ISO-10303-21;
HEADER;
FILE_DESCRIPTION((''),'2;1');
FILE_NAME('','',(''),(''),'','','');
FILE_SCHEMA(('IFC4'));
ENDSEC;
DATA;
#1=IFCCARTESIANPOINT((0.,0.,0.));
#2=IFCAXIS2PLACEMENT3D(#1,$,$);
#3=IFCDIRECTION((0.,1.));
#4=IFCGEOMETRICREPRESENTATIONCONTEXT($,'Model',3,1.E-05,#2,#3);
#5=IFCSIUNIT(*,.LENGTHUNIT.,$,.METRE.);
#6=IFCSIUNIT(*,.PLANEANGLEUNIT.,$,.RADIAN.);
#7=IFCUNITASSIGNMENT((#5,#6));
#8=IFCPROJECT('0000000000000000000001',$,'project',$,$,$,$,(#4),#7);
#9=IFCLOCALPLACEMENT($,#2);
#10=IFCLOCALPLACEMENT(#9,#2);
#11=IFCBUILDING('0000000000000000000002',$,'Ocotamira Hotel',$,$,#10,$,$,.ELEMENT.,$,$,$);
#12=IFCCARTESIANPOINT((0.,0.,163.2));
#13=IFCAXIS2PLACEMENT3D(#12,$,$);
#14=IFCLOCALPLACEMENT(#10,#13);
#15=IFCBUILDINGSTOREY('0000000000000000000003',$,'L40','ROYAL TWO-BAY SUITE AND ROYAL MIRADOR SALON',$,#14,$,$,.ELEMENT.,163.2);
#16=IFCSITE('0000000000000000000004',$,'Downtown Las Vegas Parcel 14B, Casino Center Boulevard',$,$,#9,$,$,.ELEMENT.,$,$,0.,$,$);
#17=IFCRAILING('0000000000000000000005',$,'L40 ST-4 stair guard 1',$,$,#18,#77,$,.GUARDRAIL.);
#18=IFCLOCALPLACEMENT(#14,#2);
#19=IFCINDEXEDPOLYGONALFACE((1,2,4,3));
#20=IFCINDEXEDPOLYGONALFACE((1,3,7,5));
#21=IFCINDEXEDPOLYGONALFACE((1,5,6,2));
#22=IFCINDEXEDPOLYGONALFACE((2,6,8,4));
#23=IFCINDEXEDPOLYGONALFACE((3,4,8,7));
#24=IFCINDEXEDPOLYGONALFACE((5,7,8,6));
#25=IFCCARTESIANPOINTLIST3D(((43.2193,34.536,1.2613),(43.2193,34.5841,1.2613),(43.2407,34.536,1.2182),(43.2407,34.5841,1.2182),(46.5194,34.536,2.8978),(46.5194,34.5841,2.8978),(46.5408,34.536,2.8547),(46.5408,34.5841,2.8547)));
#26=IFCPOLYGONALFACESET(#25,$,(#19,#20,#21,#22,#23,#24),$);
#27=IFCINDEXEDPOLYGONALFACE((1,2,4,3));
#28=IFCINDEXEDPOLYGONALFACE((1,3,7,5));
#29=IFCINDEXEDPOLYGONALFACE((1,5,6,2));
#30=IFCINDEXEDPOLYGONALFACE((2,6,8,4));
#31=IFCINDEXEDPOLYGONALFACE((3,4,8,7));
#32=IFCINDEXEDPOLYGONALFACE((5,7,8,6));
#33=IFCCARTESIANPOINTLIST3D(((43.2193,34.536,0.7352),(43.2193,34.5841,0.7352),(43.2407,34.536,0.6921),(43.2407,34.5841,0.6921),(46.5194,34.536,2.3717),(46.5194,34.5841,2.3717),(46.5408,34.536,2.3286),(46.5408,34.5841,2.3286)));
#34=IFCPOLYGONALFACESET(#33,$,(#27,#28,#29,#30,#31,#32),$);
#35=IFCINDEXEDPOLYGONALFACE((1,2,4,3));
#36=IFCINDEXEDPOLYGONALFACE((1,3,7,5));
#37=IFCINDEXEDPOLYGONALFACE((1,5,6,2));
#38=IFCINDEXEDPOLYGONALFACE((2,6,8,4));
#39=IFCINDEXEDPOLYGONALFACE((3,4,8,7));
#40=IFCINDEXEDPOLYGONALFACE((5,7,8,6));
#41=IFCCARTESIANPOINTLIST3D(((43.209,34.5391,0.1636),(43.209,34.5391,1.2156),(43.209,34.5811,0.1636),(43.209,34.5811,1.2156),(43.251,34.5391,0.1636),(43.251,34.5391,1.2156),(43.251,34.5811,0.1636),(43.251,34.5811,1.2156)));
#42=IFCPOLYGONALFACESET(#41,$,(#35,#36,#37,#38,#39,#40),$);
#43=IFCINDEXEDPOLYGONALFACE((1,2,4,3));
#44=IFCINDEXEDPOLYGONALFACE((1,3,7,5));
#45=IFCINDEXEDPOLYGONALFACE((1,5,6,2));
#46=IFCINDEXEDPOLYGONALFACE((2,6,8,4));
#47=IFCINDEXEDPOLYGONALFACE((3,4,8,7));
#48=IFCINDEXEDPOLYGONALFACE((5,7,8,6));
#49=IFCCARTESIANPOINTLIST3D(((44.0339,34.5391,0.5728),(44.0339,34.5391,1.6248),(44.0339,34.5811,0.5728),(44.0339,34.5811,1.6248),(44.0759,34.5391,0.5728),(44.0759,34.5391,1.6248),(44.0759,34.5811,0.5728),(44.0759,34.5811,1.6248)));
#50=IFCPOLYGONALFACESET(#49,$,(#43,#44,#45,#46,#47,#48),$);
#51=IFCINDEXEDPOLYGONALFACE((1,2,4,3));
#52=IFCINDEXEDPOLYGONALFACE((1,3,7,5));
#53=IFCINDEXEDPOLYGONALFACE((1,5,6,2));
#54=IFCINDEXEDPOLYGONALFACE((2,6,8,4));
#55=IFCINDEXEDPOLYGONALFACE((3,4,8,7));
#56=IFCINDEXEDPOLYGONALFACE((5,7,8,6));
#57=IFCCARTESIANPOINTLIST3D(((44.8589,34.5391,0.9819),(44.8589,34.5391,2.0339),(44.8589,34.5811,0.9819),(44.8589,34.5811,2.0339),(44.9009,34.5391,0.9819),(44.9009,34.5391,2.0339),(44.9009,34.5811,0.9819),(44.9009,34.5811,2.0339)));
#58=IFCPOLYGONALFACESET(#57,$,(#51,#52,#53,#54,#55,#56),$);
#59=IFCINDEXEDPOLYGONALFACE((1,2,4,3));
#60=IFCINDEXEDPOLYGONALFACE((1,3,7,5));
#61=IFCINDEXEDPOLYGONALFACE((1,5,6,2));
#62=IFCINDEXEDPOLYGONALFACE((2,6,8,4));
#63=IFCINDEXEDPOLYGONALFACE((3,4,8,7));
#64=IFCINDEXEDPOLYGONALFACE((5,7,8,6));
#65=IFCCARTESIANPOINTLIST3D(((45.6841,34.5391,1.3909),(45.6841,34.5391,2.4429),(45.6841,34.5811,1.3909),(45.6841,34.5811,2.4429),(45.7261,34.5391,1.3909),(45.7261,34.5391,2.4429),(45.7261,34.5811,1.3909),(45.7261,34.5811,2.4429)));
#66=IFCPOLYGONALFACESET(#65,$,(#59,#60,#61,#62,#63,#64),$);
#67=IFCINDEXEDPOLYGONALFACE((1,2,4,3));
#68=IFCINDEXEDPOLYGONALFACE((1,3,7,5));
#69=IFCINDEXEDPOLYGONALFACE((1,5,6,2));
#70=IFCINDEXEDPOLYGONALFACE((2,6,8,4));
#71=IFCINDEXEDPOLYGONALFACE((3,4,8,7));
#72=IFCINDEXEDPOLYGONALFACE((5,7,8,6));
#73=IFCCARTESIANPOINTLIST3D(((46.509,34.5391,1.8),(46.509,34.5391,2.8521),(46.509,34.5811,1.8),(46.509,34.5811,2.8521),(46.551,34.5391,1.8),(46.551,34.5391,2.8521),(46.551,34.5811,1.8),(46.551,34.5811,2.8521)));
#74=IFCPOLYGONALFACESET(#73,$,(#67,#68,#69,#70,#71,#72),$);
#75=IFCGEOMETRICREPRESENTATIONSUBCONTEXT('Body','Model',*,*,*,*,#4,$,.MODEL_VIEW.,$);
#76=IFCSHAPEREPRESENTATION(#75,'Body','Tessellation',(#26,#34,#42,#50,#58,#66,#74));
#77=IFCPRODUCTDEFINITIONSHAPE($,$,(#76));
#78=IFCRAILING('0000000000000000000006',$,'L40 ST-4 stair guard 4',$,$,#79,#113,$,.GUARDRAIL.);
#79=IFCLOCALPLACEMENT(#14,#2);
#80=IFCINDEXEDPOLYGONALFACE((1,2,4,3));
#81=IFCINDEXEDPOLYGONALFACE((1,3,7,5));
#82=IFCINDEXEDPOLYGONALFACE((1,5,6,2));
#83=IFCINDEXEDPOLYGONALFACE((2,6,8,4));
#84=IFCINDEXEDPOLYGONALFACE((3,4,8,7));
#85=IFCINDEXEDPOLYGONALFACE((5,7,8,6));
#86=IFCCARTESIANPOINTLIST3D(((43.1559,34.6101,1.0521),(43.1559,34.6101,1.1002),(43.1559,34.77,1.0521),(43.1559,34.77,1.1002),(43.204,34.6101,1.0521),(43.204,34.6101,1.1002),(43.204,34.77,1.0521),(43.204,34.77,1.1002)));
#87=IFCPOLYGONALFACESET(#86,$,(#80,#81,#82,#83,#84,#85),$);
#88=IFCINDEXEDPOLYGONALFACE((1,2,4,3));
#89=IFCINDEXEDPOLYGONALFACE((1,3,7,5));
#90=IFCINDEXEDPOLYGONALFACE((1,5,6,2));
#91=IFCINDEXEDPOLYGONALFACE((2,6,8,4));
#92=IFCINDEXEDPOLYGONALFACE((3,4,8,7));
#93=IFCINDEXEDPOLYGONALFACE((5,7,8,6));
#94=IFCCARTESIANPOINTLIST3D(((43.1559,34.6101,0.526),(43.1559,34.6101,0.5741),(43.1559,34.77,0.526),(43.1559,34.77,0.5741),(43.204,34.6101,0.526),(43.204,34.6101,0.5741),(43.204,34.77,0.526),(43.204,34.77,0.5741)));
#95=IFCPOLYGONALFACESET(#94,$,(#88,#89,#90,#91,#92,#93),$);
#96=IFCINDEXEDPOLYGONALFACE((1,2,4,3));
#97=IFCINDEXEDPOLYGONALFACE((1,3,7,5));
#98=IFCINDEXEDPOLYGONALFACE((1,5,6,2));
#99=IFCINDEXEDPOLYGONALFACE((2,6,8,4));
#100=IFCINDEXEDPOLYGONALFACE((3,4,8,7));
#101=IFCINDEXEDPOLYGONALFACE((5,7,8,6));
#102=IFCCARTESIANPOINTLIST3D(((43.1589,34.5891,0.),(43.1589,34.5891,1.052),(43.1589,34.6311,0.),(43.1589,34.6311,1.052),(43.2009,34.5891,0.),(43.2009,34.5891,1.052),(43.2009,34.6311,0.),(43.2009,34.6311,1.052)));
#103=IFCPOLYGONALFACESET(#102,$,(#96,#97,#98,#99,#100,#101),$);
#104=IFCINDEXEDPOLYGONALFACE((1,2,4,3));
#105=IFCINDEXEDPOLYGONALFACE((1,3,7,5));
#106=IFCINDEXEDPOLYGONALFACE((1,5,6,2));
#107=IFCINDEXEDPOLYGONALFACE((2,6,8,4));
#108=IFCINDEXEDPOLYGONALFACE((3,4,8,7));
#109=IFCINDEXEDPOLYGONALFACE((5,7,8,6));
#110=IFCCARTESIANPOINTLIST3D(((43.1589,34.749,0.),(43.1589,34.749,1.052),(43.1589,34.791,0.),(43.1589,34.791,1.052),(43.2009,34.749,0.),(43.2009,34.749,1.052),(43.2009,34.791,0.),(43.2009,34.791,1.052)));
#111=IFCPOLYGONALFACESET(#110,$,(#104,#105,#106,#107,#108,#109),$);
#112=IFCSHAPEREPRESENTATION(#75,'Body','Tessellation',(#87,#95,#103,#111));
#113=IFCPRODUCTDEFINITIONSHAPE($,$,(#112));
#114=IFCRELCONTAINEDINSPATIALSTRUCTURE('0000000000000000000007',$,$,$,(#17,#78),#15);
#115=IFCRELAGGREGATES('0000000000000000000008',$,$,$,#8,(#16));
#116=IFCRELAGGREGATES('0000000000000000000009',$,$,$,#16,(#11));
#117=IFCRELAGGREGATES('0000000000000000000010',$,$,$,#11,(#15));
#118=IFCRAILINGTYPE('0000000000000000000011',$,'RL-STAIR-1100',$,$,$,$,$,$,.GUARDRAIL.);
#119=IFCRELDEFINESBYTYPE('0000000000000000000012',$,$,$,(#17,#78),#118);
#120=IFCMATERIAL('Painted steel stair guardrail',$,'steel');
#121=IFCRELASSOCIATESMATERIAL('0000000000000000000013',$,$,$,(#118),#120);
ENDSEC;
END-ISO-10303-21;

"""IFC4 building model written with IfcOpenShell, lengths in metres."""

from ifc_helpers import new_model, si_unit, direction, frame, origin, origin_2d, place, context, subcontext, project, spatial, rectangle, extrude, material, type_object, element, save


model = new_model("IFC4")

# Units and contexts
model_context = context("Model", 3, precision=1e-05, world=origin(), true_north=direction((0.0, 1.0)))
body_context = subcontext(model_context, "Body", "Model", "MODEL_VIEW")
ifc_project = project(units=[si_unit("LENGTHUNIT", "METRE"), si_unit("PLANEANGLEUNIT", "RADIAN")], contexts=[model_context])

# Site, building, storey
site_placement = place(None, origin())
site = spatial("IfcSite", under=ifc_project, at=site_placement, Name="Downtown Las Vegas Parcel 14B, Casino Center Boulevard", CompositionType="ELEMENT", RefElevation=0.0)
building_placement = place(site_placement, origin())
building = spatial("IfcBuilding", under=site, at=building_placement, Name="Ocotamira Hotel", CompositionType="ELEMENT")
storey_placement = place(building_placement, frame((0.0, 0.0, 163.2)))
storey = spatial("IfcBuildingStorey", under=building, at=storey_placement, Name="L40", Description="ROYAL TWO-BAY SUITE AND ROYAL MIRADOR SALON", CompositionType="ELEMENT", Elevation=163.2)

# Railings
ifc_material_1 = material(Name="Painted steel stair guardrail", Category="steel")
railing_type_1 = type_object("IfcRailingType", Name="RL-STAIR-1100", PredefinedType="GUARDRAIL", material=ifc_material_1)
railing_1_placement = place(storey_placement, frame((43.23, 34.5601, 0.1636)))
element("IfcRailing", 1, at=railing_1_placement, inside=storey, type_object=railing_type_1, Name="L40 ST-4 stair guard 1", PredefinedType="GUARDRAIL", context=body_context, shape_type="SweptSolid", body=[
    extrude(rectangle(XDim=0.0481, YDim=0.0481, at=origin_2d()), frame((0.0, 0.0, 1.0762), z_axis=(0.895894, 0.0, 0.444268), x_axis=(0.0, 1.0, 0.0)), (0.0, 0.0, 1.0), 3.6836),
    extrude(rectangle(XDim=0.0481, YDim=0.0481, at=origin_2d()), frame((0.0, 0.0, 0.55), z_axis=(0.895894, 0.0, 0.444268), x_axis=(0.0, 1.0, 0.0)), (0.0, 0.0, 1.0), 3.6836),
    extrude(rectangle(XDim=0.042, YDim=0.042, at=origin_2d()), origin(), (0.0, 0.0, 1.0), 1.052),
    extrude(rectangle(XDim=0.042, YDim=0.042, at=origin_2d()), frame((0.825, 0.0, 0.4092)), (0.0, 0.0, 1.0), 1.052),
    extrude(rectangle(XDim=0.042, YDim=0.042, at=origin_2d()), frame((1.6499, 0.0, 0.8184)), (0.0, 0.0, 1.0), 1.052),
    extrude(rectangle(XDim=0.042, YDim=0.042, at=origin_2d()), frame((2.4751, 0.0, 1.2273)), (0.0, 0.0, 1.0), 1.052),
    extrude(rectangle(XDim=0.042, YDim=0.042, at=origin_2d()), frame((3.3, 0.0, 1.6365)), (0.0, 0.0, 1.0), 1.052),
])
railing_2_placement = place(storey_placement, frame((43.1799, 34.6101, 0.0)))
element("IfcRailing", 2, at=railing_2_placement, inside=storey, type_object=railing_type_1, Name="L40 ST-4 stair guard 4", PredefinedType="GUARDRAIL", context=body_context, shape_type="SweptSolid", body=[
    extrude(rectangle(XDim=0.0481, YDim=0.0481, at=origin_2d()), frame((0.0, 0.0, 1.0762), z_axis=(0.0, 1.0, 0.0), x_axis=(-1.0, 0.0, 0.0)), (0.0, 0.0, 1.0), 0.1599),
    extrude(rectangle(XDim=0.0481, YDim=0.0481, at=origin_2d()), frame((0.0, 0.0, 0.55), z_axis=(0.0, 1.0, 0.0), x_axis=(-1.0, 0.0, 0.0)), (0.0, 0.0, 1.0), 0.1599),
    extrude(rectangle(XDim=0.042, YDim=0.042, at=origin_2d()), origin(), (0.0, 0.0, 1.0), 1.052),
    extrude(rectangle(XDim=0.042, YDim=0.042, at=origin_2d()), frame((0.0, 0.1599, 0.0)), (0.0, 0.0, 1.0), 1.052),
])

save(model, "model.ifc")
